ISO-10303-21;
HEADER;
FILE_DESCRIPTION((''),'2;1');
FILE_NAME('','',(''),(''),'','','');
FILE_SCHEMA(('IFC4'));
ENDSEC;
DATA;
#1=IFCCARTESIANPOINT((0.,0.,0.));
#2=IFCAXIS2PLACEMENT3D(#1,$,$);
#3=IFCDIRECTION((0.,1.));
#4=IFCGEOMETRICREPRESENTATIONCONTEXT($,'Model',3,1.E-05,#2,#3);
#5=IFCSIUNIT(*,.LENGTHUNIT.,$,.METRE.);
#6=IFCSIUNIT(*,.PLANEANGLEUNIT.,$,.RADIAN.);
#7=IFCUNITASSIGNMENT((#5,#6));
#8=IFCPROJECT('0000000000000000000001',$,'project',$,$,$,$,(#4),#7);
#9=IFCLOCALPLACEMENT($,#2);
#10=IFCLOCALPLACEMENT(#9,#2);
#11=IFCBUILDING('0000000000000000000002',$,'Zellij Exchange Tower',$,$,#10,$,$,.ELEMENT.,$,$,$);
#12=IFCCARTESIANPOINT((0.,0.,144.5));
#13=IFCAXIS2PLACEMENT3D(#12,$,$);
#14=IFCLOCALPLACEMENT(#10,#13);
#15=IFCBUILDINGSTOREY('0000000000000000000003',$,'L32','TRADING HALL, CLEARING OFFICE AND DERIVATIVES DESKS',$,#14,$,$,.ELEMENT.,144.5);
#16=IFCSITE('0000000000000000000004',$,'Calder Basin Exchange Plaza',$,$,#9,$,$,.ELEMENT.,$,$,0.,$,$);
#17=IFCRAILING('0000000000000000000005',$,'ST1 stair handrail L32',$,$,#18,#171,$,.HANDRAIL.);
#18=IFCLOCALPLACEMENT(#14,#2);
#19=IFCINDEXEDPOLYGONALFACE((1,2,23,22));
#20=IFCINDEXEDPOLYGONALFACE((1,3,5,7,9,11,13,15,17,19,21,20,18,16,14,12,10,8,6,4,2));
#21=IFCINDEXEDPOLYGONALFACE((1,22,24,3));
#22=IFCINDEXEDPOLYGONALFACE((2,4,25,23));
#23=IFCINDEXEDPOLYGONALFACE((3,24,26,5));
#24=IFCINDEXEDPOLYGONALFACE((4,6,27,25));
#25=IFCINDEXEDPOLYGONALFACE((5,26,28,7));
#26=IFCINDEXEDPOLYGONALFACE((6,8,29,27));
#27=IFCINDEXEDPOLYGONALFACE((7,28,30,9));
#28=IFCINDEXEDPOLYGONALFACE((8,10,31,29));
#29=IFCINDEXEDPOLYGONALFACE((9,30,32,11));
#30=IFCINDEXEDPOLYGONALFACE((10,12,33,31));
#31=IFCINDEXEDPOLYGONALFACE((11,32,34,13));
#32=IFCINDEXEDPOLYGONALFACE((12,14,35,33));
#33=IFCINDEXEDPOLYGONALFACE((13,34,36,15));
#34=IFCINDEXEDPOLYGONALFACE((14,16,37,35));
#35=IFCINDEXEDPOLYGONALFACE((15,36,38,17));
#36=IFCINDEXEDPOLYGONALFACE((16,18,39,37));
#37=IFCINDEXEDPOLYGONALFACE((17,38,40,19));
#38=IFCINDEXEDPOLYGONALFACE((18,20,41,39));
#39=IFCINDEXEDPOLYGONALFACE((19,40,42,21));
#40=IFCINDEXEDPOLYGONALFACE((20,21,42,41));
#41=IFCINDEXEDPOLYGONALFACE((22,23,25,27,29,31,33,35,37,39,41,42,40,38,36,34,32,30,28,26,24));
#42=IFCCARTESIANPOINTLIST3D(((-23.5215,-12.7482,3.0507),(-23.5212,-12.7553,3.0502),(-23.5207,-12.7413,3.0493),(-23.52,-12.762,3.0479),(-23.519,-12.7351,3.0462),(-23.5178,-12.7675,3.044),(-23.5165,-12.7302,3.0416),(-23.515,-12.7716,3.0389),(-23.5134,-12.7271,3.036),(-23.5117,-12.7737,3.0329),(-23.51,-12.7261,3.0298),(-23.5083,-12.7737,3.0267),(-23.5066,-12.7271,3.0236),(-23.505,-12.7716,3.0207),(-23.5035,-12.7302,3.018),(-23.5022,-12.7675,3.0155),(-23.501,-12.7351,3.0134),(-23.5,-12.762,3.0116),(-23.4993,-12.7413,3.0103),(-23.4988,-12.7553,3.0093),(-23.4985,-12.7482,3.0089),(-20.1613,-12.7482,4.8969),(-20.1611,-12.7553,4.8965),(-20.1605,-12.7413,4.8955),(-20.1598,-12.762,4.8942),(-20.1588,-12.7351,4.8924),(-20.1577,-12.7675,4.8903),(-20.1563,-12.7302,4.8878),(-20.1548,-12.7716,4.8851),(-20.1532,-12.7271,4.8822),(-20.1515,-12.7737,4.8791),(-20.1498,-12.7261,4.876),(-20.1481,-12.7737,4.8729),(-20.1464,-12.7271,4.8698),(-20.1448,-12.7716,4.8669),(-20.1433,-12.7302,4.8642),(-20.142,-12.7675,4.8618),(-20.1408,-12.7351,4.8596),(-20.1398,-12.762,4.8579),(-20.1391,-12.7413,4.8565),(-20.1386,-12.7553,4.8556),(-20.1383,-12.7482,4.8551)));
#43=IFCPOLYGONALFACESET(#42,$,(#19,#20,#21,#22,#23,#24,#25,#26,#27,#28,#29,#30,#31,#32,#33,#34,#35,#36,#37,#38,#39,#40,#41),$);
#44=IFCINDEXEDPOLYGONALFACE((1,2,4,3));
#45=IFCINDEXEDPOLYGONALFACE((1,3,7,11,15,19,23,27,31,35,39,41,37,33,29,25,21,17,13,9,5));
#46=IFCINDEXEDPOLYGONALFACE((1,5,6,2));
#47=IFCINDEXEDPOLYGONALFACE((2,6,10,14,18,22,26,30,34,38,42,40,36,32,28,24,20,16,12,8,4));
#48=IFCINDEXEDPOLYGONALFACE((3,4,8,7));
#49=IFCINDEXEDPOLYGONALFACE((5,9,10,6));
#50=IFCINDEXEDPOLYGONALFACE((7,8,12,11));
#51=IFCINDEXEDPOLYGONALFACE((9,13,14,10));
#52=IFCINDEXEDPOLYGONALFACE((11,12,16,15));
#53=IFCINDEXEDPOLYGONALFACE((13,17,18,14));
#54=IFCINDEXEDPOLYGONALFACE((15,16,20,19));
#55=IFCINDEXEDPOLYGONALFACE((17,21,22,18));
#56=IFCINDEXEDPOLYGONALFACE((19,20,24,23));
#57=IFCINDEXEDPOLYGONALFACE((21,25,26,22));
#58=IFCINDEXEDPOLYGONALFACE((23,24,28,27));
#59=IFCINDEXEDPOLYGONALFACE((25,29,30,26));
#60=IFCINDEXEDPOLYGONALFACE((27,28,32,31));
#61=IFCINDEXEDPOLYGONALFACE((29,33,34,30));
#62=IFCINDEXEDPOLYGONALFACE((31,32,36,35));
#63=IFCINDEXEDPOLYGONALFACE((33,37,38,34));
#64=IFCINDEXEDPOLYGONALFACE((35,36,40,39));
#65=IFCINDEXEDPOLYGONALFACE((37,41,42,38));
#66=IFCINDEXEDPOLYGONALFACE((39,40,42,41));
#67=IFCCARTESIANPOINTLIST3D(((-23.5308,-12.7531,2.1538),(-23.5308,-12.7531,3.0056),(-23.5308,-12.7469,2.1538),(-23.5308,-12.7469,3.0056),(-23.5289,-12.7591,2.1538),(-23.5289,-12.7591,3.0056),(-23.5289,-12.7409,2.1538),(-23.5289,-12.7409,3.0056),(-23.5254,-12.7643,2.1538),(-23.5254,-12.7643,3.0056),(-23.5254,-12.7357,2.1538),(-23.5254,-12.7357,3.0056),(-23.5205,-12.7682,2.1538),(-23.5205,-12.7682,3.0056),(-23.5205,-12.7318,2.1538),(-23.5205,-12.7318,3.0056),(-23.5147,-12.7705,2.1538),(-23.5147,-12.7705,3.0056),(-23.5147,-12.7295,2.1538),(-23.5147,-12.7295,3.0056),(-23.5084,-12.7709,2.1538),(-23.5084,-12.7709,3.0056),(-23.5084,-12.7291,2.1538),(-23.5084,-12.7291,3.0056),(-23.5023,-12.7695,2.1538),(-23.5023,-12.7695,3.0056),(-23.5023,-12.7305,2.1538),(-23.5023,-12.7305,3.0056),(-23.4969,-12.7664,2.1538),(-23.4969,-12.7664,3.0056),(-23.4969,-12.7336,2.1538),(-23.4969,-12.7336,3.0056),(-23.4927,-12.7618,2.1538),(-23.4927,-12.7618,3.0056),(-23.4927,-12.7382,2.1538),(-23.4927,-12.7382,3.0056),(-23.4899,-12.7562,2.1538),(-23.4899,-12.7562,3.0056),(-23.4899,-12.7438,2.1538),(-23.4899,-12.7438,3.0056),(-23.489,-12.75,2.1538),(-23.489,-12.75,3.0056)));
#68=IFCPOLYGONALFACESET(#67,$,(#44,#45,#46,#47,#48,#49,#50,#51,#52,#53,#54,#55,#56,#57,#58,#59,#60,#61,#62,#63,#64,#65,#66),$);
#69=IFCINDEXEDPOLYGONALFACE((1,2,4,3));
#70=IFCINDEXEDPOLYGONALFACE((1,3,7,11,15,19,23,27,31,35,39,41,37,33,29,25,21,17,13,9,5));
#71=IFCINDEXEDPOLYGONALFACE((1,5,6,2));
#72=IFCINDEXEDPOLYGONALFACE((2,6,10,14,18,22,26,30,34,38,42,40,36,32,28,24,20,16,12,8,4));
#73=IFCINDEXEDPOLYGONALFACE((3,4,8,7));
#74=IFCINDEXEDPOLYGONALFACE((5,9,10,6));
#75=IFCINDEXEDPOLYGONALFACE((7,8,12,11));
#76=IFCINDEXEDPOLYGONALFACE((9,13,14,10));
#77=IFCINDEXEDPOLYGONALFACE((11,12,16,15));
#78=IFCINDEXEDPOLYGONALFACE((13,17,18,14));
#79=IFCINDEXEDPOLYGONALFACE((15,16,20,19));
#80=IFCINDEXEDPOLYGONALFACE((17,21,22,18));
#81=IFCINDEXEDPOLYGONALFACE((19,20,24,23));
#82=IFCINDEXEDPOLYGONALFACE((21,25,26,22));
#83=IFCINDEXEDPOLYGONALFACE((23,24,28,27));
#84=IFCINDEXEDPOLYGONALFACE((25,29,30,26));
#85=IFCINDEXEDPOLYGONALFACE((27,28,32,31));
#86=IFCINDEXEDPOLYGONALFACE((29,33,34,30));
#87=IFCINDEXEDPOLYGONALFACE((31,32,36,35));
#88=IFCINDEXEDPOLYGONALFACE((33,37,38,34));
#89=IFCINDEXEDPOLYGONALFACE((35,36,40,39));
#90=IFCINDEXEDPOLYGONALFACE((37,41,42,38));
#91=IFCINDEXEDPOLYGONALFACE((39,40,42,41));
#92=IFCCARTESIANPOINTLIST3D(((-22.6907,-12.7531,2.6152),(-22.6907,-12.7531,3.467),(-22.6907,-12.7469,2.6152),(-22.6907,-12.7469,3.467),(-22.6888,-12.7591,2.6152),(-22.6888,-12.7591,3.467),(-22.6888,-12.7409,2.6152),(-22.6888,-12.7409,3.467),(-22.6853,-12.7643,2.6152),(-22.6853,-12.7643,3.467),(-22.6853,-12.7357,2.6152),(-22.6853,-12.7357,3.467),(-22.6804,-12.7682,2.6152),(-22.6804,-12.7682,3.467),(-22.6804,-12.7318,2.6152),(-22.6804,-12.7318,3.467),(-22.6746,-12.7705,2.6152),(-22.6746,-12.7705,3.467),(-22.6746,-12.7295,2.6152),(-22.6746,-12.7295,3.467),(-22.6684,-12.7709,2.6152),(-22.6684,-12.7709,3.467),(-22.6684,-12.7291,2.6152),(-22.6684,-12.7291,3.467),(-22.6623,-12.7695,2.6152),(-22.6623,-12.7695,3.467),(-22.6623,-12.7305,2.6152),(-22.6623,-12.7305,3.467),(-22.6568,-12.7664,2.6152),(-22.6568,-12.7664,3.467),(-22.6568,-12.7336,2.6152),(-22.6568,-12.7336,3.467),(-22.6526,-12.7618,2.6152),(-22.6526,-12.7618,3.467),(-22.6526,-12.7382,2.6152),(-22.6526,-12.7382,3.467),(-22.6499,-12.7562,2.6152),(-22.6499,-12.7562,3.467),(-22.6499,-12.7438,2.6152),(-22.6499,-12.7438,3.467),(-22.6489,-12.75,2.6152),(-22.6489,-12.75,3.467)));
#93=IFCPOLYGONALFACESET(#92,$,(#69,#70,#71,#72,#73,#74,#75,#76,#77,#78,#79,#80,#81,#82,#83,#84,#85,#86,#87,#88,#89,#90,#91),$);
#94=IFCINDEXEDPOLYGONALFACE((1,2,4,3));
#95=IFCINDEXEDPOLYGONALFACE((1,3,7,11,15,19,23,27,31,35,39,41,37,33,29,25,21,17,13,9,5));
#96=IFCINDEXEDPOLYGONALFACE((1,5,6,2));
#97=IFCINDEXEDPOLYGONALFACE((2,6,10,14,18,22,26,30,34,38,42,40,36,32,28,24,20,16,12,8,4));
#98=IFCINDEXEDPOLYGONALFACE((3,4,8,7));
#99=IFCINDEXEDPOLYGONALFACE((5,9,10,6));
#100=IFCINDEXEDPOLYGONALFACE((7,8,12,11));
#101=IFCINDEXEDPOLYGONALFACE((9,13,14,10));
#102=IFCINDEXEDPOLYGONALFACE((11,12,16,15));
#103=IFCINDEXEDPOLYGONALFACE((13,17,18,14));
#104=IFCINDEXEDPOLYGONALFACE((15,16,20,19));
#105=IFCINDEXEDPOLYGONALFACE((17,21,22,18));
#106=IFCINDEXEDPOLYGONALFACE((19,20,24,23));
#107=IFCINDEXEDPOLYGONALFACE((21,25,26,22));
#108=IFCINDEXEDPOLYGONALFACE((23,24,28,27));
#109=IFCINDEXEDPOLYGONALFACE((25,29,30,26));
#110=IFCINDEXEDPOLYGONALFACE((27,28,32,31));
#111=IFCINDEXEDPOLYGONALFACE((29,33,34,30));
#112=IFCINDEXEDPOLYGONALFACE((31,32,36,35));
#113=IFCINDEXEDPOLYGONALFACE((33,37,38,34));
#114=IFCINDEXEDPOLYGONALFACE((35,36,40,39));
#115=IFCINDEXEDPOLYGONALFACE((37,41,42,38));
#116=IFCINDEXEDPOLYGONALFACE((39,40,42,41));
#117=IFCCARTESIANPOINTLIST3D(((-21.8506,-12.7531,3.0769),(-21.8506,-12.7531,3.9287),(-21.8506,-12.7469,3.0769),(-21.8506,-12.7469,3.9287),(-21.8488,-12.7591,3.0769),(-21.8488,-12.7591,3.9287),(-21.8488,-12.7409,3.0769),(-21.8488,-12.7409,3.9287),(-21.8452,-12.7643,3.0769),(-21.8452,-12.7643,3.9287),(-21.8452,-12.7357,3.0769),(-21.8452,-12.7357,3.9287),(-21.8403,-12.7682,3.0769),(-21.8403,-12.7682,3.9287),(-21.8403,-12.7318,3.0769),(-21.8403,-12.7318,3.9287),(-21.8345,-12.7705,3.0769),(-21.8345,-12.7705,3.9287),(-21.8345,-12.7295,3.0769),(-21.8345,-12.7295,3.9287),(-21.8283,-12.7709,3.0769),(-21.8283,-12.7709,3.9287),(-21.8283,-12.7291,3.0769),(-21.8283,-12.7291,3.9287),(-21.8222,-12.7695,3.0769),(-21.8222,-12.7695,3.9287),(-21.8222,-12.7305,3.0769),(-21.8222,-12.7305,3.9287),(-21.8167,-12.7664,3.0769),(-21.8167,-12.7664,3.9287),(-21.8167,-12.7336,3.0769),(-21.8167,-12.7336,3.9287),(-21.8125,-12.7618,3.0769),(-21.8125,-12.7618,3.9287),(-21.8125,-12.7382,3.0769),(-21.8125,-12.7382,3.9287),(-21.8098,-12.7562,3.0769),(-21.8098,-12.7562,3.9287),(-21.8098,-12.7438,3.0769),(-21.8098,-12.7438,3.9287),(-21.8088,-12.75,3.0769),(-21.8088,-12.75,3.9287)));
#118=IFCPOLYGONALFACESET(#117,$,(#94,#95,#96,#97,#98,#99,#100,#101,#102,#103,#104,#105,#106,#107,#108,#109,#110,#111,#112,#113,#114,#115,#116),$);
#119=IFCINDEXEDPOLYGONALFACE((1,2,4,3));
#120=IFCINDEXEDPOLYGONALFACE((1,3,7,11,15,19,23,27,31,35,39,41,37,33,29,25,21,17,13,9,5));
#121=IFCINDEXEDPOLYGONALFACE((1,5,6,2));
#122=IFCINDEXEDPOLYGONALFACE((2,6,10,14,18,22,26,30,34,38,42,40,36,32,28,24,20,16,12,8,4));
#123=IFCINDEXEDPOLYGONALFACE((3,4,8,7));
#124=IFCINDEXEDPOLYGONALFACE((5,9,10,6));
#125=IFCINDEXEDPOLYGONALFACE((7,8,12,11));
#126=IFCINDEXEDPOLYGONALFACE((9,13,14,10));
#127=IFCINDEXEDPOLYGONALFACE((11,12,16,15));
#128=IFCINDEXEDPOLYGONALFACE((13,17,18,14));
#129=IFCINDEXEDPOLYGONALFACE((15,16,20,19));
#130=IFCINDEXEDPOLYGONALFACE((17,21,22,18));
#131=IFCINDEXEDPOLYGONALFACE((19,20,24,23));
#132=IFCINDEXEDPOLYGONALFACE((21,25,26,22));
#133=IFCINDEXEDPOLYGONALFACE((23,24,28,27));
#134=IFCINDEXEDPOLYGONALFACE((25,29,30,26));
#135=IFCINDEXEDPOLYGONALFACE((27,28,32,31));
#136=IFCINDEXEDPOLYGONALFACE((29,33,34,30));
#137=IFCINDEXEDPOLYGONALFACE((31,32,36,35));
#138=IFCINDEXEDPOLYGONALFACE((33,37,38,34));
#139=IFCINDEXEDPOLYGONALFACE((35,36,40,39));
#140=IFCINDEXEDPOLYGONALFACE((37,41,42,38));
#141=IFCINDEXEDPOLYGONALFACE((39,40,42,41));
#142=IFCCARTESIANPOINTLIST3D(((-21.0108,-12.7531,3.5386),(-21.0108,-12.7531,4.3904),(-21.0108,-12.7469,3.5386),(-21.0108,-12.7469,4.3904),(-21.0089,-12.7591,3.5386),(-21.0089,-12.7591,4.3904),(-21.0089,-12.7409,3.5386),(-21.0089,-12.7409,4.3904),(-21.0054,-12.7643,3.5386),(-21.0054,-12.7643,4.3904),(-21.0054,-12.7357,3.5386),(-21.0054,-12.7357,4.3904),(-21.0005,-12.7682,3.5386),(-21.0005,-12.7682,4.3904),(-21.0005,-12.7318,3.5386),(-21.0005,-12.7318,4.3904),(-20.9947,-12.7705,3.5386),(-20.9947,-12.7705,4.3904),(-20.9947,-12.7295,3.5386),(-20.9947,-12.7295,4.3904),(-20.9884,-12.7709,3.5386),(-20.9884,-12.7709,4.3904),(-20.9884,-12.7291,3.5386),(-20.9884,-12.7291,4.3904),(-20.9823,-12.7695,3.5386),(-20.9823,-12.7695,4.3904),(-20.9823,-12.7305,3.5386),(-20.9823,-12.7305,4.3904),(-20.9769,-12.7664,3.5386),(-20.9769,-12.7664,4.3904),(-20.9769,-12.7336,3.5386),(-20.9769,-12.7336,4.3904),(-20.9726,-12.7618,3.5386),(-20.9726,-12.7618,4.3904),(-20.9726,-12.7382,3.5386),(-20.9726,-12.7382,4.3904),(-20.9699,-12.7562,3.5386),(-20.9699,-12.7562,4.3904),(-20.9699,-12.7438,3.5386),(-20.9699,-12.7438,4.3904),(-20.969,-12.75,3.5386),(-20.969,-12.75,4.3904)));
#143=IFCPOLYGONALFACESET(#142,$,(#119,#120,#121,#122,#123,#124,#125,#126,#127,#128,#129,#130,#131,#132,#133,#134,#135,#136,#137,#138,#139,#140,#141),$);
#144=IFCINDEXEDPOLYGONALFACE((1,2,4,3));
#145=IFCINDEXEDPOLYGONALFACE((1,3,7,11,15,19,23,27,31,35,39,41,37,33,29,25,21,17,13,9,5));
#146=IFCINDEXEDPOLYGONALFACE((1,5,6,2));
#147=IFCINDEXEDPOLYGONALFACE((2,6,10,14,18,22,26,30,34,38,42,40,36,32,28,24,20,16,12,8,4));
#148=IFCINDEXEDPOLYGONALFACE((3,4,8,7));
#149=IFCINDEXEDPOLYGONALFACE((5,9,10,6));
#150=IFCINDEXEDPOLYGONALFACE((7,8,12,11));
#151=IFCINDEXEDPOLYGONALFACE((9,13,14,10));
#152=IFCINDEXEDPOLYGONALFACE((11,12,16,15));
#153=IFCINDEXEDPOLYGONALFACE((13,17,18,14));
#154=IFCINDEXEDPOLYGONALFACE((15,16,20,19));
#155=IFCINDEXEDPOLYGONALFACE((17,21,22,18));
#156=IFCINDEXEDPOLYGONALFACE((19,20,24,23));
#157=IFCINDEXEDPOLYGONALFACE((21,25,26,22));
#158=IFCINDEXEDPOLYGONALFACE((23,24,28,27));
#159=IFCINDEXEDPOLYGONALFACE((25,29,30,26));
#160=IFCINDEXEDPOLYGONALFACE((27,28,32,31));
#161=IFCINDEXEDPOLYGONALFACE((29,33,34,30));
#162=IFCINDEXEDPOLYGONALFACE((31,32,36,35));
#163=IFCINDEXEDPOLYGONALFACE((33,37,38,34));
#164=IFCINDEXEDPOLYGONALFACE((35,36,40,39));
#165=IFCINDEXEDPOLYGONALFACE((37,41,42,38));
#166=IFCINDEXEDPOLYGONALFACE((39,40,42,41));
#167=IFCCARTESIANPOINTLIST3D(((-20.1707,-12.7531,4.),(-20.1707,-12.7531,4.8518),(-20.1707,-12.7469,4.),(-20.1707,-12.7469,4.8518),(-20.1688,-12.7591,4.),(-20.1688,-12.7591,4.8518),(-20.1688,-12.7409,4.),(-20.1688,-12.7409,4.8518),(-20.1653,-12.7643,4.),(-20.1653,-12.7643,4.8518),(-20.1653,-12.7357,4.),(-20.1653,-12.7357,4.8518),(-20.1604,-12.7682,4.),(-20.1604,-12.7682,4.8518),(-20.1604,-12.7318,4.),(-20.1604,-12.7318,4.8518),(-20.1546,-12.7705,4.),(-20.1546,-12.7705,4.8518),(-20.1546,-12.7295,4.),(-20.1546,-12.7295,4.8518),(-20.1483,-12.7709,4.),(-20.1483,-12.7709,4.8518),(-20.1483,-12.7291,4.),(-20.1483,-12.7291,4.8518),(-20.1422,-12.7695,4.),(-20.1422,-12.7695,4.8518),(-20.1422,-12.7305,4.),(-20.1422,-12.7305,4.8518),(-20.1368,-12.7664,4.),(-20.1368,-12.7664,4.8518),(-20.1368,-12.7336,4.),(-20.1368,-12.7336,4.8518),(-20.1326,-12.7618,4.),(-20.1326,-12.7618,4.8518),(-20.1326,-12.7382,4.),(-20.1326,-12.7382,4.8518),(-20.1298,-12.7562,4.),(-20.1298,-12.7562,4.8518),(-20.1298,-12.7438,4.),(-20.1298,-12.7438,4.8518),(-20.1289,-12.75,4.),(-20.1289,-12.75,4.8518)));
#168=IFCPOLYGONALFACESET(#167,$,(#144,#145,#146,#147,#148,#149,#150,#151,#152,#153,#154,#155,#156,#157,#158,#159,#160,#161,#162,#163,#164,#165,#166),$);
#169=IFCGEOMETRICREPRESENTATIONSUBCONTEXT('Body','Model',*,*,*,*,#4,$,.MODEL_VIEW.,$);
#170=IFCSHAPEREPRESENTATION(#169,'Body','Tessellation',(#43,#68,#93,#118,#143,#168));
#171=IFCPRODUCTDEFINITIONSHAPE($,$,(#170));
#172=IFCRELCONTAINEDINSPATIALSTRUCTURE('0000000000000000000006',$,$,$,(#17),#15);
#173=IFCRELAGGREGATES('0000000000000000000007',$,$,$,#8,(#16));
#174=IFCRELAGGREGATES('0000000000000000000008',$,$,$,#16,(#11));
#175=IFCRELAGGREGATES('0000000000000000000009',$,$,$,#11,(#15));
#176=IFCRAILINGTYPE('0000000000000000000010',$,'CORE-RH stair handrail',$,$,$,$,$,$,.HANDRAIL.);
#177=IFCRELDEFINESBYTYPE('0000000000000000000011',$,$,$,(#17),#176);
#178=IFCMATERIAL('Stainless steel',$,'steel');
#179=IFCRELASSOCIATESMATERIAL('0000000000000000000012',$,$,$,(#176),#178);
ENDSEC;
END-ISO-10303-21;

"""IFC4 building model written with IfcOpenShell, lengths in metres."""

from ifc_helpers import new_model, si_unit, direction, frame, origin, origin_2d, place, context, subcontext, project, spatial, circle, extrude, material, type_object, element, save


model = new_model("IFC4")

# Units and contexts
model_context = context("Model", 3, precision=1e-05, world=origin(), true_north=direction((0.0, 1.0)))
body_context = subcontext(model_context, "Body", "Model", "MODEL_VIEW")
ifc_project = project(units=[si_unit("LENGTHUNIT", "METRE"), si_unit("PLANEANGLEUNIT", "RADIAN")], contexts=[model_context])

# Site, building, storey
site_placement = place(None, origin())
site = spatial("IfcSite", under=ifc_project, at=site_placement, Name="Calder Basin Exchange Plaza", CompositionType="ELEMENT", RefElevation=0.0)
building_placement = place(site_placement, origin())
building = spatial("IfcBuilding", under=site, at=building_placement, Name="Zellij Exchange Tower", CompositionType="ELEMENT")
storey_placement = place(building_placement, frame((0.0, 0.0, 144.5)))
storey = spatial("IfcBuildingStorey", under=building, at=storey_placement, Name="L32", Description="TRADING HALL, CLEARING OFFICE AND DERIVATIVES DESKS", CompositionType="ELEMENT", Elevation=144.5)

# Railing
ifc_material_1 = material(Name="Stainless steel", Category="steel")
railing_type = type_object("IfcRailingType", Name="CORE-RH stair handrail", PredefinedType="HANDRAIL", material=ifc_material_1)
railing_placement = place(storey_placement, frame((-23.51, -12.75, 2.1538)))
element("IfcRailing", 1, at=railing_placement, inside=storey, type_object=railing_type, Name="ST1 stair handrail L32", PredefinedType="HANDRAIL", context=body_context, shape_type="SweptSolid", body=[
    extrude(circle(Radius=0.0239, at=origin_2d()), frame((0.0, 0.0, 0.876), z_axis=(0.876422, 0.0, 0.481545), x_axis=(0.0, 1.0, 0.0)), (0.0, 0.0, 1.0), 3.834),
    extrude(circle(Radius=0.021, at=origin_2d()), origin(), (0.0, 0.0, 1.0), 0.8518),
    extrude(circle(Radius=0.021, at=origin_2d()), frame((0.8401, 0.0, 0.4614)), (0.0, 0.0, 1.0), 0.8518),
    extrude(circle(Radius=0.021, at=origin_2d()), frame((1.6802, 0.0, 0.9231)), (0.0, 0.0, 1.0), 0.8518),
    extrude(circle(Radius=0.021, at=origin_2d()), frame((2.52, 0.0, 1.3848)), (0.0, 0.0, 1.0), 0.8518),
    extrude(circle(Radius=0.021, at=origin_2d()), frame((3.3601, 0.0, 1.8462)), (0.0, 0.0, 1.0), 0.8518),
])

save(model, "model.ifc")
